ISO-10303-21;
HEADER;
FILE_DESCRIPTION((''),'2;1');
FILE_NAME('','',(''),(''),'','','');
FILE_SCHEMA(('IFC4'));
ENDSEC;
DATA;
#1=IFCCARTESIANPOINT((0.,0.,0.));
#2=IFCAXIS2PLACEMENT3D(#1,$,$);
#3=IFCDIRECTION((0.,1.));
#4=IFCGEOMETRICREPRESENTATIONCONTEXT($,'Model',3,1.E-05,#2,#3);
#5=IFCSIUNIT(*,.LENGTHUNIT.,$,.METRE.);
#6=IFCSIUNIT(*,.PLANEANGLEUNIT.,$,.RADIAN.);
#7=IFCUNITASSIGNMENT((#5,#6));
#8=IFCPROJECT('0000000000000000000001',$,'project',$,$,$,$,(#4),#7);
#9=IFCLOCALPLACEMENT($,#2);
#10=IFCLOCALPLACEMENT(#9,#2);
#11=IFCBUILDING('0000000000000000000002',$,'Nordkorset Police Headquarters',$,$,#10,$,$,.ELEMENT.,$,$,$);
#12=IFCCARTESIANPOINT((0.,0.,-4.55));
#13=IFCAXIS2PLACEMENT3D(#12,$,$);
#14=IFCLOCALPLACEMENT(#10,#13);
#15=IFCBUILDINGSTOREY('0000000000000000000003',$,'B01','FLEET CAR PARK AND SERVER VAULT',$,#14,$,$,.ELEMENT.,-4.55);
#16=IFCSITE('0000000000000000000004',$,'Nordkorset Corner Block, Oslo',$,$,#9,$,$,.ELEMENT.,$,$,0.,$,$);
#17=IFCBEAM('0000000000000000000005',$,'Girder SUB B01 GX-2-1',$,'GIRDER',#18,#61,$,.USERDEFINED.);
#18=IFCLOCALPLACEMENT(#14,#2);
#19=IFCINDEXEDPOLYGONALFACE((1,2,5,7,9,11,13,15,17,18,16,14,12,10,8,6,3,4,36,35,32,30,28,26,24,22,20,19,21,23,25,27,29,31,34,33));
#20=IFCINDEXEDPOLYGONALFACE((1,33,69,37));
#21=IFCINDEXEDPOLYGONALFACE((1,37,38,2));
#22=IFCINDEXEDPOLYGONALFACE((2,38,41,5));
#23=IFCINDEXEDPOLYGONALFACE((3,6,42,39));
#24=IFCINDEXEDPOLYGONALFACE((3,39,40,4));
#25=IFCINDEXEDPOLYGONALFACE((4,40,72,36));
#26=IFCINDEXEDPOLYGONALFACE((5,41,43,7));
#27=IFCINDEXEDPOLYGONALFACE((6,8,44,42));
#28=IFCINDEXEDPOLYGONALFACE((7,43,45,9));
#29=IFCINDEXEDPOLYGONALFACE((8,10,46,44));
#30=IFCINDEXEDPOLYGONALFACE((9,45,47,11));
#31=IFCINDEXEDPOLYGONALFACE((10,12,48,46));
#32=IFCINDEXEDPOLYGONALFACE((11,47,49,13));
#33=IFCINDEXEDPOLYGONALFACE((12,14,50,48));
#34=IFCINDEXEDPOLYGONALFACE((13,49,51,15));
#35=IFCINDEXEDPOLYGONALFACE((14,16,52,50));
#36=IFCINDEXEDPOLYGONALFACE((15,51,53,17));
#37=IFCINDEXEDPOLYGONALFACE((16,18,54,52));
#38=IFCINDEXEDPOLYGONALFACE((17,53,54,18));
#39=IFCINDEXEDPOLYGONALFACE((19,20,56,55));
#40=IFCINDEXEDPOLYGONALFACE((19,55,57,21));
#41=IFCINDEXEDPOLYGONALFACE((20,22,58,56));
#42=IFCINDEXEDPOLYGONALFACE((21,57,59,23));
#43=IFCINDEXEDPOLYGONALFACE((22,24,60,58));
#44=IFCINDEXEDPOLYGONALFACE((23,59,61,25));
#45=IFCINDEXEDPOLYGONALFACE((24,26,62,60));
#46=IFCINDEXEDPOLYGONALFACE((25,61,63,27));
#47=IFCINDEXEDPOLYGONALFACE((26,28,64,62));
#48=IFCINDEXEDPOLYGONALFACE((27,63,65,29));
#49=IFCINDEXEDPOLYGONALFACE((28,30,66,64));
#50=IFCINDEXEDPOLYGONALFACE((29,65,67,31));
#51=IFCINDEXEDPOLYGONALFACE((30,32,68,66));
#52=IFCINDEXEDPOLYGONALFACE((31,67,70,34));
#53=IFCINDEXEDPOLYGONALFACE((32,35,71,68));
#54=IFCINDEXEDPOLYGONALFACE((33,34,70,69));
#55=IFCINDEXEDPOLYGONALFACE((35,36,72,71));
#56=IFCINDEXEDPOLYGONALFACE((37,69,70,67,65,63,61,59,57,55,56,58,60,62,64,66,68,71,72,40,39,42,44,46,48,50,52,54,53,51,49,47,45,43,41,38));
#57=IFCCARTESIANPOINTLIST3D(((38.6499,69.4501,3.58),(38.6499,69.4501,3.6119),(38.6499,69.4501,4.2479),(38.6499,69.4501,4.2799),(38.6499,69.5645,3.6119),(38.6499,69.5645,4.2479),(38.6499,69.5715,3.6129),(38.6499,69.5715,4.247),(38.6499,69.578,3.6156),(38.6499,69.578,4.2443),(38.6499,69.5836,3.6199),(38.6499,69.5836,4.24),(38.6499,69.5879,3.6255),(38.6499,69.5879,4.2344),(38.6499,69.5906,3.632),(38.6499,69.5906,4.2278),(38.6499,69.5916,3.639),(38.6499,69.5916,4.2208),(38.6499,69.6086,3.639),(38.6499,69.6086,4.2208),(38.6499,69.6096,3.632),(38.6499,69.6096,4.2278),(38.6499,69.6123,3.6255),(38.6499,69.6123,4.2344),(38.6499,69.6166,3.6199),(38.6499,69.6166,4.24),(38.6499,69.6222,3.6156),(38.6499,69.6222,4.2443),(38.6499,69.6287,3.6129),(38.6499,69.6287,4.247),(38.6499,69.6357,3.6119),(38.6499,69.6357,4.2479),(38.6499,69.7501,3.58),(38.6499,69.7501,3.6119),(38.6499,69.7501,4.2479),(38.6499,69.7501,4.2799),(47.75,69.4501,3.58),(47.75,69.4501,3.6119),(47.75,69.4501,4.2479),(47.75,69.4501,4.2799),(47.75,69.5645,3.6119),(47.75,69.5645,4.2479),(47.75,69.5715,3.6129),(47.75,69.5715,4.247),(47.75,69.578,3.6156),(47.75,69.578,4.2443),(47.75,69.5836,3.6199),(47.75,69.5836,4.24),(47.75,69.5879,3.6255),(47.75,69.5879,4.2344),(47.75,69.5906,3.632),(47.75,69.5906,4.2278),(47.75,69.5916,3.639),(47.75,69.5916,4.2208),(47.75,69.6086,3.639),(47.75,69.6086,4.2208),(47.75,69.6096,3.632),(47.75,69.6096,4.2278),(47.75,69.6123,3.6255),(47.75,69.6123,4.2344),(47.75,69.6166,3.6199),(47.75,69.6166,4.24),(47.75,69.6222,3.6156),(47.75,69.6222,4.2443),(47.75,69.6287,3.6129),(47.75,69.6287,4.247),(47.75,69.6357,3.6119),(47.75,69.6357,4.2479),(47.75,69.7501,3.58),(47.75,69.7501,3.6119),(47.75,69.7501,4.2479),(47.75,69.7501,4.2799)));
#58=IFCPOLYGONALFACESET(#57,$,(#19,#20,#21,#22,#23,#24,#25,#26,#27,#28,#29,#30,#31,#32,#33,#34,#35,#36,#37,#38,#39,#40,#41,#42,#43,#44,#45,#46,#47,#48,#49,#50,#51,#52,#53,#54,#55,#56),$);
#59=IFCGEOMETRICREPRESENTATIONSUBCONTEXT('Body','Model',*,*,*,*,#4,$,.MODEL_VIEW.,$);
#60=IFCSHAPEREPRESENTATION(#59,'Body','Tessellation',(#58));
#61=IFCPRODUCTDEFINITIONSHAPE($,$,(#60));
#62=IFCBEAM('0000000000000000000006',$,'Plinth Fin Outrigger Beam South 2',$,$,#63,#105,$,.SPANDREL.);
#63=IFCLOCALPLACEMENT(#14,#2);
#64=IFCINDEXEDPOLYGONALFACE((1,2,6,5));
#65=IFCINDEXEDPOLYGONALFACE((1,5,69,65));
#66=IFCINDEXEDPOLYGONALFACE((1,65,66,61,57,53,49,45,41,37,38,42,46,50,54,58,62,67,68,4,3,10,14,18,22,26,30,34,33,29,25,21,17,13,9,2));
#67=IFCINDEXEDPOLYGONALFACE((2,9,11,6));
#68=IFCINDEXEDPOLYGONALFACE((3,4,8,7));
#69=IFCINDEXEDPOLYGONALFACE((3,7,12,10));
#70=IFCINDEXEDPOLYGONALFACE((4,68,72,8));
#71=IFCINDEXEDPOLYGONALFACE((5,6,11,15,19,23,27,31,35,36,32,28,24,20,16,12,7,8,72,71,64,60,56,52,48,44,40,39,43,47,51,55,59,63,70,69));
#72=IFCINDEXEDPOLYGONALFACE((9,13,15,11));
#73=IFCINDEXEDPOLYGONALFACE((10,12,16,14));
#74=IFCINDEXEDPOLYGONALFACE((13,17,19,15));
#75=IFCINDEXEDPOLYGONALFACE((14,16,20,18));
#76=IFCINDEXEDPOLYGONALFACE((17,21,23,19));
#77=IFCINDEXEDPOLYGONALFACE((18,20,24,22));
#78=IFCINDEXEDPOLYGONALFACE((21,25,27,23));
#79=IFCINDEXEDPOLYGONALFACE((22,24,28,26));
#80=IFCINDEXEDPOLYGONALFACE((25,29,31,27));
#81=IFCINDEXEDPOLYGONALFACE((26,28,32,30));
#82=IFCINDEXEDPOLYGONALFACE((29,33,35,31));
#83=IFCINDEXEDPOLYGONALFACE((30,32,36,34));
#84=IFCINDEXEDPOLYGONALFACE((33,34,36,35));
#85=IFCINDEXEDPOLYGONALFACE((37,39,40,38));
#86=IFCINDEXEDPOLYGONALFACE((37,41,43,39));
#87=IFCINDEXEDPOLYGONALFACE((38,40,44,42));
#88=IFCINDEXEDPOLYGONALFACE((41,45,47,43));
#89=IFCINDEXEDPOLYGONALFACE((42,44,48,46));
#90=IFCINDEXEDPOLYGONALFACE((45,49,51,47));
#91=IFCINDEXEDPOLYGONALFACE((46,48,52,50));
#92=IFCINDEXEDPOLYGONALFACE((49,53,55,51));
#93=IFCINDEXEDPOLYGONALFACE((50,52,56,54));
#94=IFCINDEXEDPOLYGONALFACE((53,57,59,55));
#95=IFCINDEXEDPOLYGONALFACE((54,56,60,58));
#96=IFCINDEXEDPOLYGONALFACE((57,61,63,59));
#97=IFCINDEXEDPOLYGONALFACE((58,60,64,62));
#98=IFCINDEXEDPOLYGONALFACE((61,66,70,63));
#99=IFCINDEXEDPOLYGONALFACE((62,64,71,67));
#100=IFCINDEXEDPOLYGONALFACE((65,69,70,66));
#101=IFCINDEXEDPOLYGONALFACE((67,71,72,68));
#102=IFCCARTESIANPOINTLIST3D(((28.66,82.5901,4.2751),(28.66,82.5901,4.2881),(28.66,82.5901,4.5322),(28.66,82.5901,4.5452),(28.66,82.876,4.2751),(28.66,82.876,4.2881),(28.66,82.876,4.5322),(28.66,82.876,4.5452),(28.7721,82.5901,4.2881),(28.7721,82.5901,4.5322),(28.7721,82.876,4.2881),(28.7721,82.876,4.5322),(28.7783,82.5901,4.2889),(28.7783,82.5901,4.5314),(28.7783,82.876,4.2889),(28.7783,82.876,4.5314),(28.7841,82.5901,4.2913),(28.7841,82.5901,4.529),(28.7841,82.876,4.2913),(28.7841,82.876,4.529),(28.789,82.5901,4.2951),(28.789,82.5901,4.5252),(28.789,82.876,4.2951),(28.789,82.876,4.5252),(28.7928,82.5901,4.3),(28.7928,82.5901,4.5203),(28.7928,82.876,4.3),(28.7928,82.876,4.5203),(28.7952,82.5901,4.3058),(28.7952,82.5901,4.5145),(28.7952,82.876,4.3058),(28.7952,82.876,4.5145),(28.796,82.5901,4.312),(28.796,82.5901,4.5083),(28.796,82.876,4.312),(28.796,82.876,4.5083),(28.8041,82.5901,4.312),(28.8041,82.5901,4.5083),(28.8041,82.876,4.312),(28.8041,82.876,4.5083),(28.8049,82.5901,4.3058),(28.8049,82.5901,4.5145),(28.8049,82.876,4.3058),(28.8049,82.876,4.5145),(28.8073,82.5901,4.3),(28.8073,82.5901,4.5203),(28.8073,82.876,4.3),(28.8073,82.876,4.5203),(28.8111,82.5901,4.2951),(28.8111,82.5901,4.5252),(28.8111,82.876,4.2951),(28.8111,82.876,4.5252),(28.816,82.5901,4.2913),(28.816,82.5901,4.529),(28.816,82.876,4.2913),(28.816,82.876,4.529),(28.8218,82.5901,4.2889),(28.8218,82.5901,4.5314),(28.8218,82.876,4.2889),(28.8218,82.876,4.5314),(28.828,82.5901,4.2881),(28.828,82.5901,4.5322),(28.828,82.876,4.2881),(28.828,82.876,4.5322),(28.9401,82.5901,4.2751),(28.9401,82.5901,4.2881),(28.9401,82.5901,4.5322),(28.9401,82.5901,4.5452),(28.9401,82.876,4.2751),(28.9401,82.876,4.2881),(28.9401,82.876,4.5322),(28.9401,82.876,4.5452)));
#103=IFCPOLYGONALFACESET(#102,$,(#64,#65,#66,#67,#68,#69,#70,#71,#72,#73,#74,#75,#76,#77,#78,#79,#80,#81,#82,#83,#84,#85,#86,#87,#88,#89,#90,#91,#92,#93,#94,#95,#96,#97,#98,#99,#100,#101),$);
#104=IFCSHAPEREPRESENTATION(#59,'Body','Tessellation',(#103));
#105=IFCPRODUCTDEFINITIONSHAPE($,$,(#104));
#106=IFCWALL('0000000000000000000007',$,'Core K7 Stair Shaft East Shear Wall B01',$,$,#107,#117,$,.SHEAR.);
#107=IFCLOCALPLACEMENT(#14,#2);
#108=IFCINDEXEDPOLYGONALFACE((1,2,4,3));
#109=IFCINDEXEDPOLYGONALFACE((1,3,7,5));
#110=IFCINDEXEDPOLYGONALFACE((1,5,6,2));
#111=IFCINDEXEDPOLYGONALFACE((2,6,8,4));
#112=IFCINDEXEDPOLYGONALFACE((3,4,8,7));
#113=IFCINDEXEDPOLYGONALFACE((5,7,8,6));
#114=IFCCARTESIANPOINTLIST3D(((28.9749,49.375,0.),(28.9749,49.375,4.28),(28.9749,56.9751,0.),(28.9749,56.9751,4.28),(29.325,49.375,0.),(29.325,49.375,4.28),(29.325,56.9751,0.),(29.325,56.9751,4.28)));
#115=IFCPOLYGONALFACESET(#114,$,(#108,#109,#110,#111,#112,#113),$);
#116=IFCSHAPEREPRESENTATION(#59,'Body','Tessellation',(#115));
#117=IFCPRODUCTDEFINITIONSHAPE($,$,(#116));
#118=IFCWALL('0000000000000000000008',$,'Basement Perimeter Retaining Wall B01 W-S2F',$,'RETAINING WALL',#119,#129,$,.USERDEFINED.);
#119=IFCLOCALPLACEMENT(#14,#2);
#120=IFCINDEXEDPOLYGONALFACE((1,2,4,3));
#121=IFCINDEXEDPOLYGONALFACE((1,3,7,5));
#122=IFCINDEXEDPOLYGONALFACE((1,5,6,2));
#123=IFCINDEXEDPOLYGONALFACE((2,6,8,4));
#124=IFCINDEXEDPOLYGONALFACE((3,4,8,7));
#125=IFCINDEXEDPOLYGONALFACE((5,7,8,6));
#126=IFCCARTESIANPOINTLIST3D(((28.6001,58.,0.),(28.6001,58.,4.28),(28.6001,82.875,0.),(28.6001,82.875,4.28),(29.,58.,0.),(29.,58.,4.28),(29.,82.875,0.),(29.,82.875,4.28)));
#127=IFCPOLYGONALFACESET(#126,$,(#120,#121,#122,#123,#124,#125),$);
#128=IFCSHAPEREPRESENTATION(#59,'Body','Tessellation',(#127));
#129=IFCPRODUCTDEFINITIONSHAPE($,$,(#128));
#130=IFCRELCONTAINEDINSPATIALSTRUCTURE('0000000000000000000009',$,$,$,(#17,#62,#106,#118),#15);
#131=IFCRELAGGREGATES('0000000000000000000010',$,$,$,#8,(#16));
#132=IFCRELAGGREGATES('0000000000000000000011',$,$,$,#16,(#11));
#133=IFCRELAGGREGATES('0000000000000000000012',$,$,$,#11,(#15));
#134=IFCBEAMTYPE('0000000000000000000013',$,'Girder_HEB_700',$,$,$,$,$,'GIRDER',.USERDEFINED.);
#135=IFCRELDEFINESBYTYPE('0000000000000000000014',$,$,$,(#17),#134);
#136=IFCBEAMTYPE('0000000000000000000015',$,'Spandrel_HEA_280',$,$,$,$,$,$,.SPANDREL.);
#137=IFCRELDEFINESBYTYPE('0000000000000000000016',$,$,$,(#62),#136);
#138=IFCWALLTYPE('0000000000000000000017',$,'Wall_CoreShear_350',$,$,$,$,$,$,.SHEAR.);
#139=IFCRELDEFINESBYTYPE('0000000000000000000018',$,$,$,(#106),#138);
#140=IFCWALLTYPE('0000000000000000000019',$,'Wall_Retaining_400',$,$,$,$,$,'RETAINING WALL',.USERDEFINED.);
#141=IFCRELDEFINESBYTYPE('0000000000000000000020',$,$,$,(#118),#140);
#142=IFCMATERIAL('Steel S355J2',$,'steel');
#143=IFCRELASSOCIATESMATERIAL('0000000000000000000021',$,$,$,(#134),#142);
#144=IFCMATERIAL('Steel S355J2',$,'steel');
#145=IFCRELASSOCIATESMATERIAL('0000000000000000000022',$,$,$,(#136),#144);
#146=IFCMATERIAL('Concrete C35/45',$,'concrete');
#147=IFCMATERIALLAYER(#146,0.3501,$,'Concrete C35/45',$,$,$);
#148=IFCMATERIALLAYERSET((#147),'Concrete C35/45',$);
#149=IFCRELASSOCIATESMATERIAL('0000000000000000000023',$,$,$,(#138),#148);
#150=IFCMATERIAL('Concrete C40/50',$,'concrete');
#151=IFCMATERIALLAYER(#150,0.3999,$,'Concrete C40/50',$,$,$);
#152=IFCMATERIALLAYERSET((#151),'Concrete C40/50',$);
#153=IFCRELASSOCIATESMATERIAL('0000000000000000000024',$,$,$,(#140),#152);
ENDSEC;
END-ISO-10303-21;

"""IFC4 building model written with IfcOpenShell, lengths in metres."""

from ifc_helpers import new_model, si_unit, direction, frame, frame_2d, origin, origin_2d, place, context, subcontext, project, spatial, rectangle, i_section, extrude, material, layer, layer_set, material_profile, profile_set, type_object, element, save


model = new_model("IFC4")

# Units and contexts
model_context = context("Model", 3, precision=1e-05, world=origin(), true_north=direction((0.0, 1.0)))
body_context = subcontext(model_context, "Body", "Model", "MODEL_VIEW")
ifc_project = project(units=[si_unit("LENGTHUNIT", "METRE"), si_unit("PLANEANGLEUNIT", "RADIAN")], contexts=[model_context])

# Site, building, storey
site_placement = place(None, origin())
site = spatial("IfcSite", under=ifc_project, at=site_placement, Name="Nordkorset Corner Block, Oslo", CompositionType="ELEMENT", RefElevation=0.0)
building_placement = place(site_placement, origin())
building = spatial("IfcBuilding", under=site, at=building_placement, Name="Nordkorset Police Headquarters", CompositionType="ELEMENT")
storey_placement = place(building_placement, frame((0.0, 0.0, -4.55)))
storey = spatial("IfcBuildingStorey", under=building, at=storey_placement, Name="B01", Description="FLEET CAR PARK AND SERVER VAULT", CompositionType="ELEMENT", Elevation=-4.55)

# Beams
ifc_material_1 = material(Name="Steel S355J2", Category="steel")
ifc_material_profile_1 = material_profile(ifc_material_1, i_section(OverallWidth=0.3, OverallDepth=0.7, WebThickness=0.0171, FlangeThickness=0.032, FilletRadius=0.0271, at=origin_2d()), Name="HEB 700")
ifc_profile_set_1 = profile_set([ifc_material_profile_1], Name="Steel S355J2")
beam_type_1 = type_object("IfcBeamType", Name="Girder_HEB_700", ElementType="GIRDER", PredefinedType="USERDEFINED", material=ifc_profile_set_1)
beam_1_placement = place(storey_placement, frame((38.6499, 69.6001, 3.9299), z_axis=(1.0, 0.0, 0.0), x_axis=(0.0, 1.0, 0.0)))
element("IfcBeam", 1, at=beam_1_placement, inside=storey, type_object=beam_type_1, Name="Girder SUB B01 GX-2-1", ObjectType="GIRDER", PredefinedType="USERDEFINED", context=body_context, shape_type="SweptSolid", body=[
    extrude(i_section(OverallWidth=0.3, OverallDepth=0.7, WebThickness=0.0171, FlangeThickness=0.032, FilletRadius=0.0271, at=origin_2d()), origin(), (0.0, 0.0, 1.0), 9.1001),
])
ifc_material_2 = material(Name="Steel S355J2", Category="steel")
ifc_material_profile_2 = material_profile(ifc_material_2, i_section(OverallWidth=0.28, OverallDepth=0.27, WebThickness=0.0081, FlangeThickness=0.0129, FilletRadius=0.0239, at=origin_2d()), Name="HEA 280")
ifc_profile_set_2 = profile_set([ifc_material_profile_2], Name="Steel S355J2")
beam_type_2 = type_object("IfcBeamType", Name="Spandrel_HEA_280", PredefinedType="SPANDREL", material=ifc_profile_set_2)
beam_2_placement = place(storey_placement, frame((28.8, 82.876, 4.4102), z_axis=(0.0, -1.0, 0.0), x_axis=(1.0, 0.0, 0.0)))
element("IfcBeam", 2, at=beam_2_placement, inside=storey, type_object=beam_type_2, Name="Plinth Fin Outrigger Beam South 2", PredefinedType="SPANDREL", context=body_context, shape_type="SweptSolid", body=[
    extrude(i_section(OverallWidth=0.28, OverallDepth=0.27, WebThickness=0.0081, FlangeThickness=0.0129, FilletRadius=0.0239, at=origin_2d()), origin(), (0.0, 0.0, 1.0), 0.2859),
])

# Walls
ifc_material_3 = material(Name="Concrete C35/45", Category="concrete")
ifc_layer_1 = layer(ifc_material_3, 0.3501, Name="Concrete C35/45")
ifc_layer_set_1 = layer_set([ifc_layer_1], Name="Concrete C35/45")
wall_type_1 = type_object("IfcWallType", Name="Wall_CoreShear_350", PredefinedType="SHEAR", material=ifc_layer_set_1)
wall_1_placement = place(storey_placement, frame((29.1499, 49.375, 0.0), z_axis=(0.0, 0.0, 1.0), x_axis=(0.0, 1.0, 0.0)))
element("IfcWall", 3, at=wall_1_placement, inside=storey, type_object=wall_type_1, Name="Core K7 Stair Shaft East Shear Wall B01", PredefinedType="SHEAR", context=body_context, shape_type="SweptSolid", body=[
    extrude(rectangle(XDim=7.6001, YDim=0.3501, at=frame_2d((3.8, 0.0))), origin(), (0.0, 0.0, 1.0), 4.28),
])
ifc_material_4 = material(Name="Concrete C40/50", Category="concrete")
ifc_layer_2 = layer(ifc_material_4, 0.3999, Name="Concrete C40/50")
ifc_layer_set_2 = layer_set([ifc_layer_2], Name="Concrete C40/50")
wall_type_2 = type_object("IfcWallType", Name="Wall_Retaining_400", ElementType="RETAINING WALL", PredefinedType="USERDEFINED", material=ifc_layer_set_2)
wall_2_placement = place(storey_placement, frame((28.8, 58.0, 0.0), z_axis=(0.0, 0.0, 1.0), x_axis=(0.0, 1.0, 0.0)))
element("IfcWall", 4, at=wall_2_placement, inside=storey, type_object=wall_type_2, Name="Basement Perimeter Retaining Wall B01 W-S2F", ObjectType="RETAINING WALL", PredefinedType="USERDEFINED", context=body_context, shape_type="SweptSolid", body=[
    extrude(rectangle(XDim=24.875, YDim=0.3999, at=frame_2d((12.4375, 0.0))), origin(), (0.0, 0.0, 1.0), 4.28),
])

save(model, "model.ifc")
